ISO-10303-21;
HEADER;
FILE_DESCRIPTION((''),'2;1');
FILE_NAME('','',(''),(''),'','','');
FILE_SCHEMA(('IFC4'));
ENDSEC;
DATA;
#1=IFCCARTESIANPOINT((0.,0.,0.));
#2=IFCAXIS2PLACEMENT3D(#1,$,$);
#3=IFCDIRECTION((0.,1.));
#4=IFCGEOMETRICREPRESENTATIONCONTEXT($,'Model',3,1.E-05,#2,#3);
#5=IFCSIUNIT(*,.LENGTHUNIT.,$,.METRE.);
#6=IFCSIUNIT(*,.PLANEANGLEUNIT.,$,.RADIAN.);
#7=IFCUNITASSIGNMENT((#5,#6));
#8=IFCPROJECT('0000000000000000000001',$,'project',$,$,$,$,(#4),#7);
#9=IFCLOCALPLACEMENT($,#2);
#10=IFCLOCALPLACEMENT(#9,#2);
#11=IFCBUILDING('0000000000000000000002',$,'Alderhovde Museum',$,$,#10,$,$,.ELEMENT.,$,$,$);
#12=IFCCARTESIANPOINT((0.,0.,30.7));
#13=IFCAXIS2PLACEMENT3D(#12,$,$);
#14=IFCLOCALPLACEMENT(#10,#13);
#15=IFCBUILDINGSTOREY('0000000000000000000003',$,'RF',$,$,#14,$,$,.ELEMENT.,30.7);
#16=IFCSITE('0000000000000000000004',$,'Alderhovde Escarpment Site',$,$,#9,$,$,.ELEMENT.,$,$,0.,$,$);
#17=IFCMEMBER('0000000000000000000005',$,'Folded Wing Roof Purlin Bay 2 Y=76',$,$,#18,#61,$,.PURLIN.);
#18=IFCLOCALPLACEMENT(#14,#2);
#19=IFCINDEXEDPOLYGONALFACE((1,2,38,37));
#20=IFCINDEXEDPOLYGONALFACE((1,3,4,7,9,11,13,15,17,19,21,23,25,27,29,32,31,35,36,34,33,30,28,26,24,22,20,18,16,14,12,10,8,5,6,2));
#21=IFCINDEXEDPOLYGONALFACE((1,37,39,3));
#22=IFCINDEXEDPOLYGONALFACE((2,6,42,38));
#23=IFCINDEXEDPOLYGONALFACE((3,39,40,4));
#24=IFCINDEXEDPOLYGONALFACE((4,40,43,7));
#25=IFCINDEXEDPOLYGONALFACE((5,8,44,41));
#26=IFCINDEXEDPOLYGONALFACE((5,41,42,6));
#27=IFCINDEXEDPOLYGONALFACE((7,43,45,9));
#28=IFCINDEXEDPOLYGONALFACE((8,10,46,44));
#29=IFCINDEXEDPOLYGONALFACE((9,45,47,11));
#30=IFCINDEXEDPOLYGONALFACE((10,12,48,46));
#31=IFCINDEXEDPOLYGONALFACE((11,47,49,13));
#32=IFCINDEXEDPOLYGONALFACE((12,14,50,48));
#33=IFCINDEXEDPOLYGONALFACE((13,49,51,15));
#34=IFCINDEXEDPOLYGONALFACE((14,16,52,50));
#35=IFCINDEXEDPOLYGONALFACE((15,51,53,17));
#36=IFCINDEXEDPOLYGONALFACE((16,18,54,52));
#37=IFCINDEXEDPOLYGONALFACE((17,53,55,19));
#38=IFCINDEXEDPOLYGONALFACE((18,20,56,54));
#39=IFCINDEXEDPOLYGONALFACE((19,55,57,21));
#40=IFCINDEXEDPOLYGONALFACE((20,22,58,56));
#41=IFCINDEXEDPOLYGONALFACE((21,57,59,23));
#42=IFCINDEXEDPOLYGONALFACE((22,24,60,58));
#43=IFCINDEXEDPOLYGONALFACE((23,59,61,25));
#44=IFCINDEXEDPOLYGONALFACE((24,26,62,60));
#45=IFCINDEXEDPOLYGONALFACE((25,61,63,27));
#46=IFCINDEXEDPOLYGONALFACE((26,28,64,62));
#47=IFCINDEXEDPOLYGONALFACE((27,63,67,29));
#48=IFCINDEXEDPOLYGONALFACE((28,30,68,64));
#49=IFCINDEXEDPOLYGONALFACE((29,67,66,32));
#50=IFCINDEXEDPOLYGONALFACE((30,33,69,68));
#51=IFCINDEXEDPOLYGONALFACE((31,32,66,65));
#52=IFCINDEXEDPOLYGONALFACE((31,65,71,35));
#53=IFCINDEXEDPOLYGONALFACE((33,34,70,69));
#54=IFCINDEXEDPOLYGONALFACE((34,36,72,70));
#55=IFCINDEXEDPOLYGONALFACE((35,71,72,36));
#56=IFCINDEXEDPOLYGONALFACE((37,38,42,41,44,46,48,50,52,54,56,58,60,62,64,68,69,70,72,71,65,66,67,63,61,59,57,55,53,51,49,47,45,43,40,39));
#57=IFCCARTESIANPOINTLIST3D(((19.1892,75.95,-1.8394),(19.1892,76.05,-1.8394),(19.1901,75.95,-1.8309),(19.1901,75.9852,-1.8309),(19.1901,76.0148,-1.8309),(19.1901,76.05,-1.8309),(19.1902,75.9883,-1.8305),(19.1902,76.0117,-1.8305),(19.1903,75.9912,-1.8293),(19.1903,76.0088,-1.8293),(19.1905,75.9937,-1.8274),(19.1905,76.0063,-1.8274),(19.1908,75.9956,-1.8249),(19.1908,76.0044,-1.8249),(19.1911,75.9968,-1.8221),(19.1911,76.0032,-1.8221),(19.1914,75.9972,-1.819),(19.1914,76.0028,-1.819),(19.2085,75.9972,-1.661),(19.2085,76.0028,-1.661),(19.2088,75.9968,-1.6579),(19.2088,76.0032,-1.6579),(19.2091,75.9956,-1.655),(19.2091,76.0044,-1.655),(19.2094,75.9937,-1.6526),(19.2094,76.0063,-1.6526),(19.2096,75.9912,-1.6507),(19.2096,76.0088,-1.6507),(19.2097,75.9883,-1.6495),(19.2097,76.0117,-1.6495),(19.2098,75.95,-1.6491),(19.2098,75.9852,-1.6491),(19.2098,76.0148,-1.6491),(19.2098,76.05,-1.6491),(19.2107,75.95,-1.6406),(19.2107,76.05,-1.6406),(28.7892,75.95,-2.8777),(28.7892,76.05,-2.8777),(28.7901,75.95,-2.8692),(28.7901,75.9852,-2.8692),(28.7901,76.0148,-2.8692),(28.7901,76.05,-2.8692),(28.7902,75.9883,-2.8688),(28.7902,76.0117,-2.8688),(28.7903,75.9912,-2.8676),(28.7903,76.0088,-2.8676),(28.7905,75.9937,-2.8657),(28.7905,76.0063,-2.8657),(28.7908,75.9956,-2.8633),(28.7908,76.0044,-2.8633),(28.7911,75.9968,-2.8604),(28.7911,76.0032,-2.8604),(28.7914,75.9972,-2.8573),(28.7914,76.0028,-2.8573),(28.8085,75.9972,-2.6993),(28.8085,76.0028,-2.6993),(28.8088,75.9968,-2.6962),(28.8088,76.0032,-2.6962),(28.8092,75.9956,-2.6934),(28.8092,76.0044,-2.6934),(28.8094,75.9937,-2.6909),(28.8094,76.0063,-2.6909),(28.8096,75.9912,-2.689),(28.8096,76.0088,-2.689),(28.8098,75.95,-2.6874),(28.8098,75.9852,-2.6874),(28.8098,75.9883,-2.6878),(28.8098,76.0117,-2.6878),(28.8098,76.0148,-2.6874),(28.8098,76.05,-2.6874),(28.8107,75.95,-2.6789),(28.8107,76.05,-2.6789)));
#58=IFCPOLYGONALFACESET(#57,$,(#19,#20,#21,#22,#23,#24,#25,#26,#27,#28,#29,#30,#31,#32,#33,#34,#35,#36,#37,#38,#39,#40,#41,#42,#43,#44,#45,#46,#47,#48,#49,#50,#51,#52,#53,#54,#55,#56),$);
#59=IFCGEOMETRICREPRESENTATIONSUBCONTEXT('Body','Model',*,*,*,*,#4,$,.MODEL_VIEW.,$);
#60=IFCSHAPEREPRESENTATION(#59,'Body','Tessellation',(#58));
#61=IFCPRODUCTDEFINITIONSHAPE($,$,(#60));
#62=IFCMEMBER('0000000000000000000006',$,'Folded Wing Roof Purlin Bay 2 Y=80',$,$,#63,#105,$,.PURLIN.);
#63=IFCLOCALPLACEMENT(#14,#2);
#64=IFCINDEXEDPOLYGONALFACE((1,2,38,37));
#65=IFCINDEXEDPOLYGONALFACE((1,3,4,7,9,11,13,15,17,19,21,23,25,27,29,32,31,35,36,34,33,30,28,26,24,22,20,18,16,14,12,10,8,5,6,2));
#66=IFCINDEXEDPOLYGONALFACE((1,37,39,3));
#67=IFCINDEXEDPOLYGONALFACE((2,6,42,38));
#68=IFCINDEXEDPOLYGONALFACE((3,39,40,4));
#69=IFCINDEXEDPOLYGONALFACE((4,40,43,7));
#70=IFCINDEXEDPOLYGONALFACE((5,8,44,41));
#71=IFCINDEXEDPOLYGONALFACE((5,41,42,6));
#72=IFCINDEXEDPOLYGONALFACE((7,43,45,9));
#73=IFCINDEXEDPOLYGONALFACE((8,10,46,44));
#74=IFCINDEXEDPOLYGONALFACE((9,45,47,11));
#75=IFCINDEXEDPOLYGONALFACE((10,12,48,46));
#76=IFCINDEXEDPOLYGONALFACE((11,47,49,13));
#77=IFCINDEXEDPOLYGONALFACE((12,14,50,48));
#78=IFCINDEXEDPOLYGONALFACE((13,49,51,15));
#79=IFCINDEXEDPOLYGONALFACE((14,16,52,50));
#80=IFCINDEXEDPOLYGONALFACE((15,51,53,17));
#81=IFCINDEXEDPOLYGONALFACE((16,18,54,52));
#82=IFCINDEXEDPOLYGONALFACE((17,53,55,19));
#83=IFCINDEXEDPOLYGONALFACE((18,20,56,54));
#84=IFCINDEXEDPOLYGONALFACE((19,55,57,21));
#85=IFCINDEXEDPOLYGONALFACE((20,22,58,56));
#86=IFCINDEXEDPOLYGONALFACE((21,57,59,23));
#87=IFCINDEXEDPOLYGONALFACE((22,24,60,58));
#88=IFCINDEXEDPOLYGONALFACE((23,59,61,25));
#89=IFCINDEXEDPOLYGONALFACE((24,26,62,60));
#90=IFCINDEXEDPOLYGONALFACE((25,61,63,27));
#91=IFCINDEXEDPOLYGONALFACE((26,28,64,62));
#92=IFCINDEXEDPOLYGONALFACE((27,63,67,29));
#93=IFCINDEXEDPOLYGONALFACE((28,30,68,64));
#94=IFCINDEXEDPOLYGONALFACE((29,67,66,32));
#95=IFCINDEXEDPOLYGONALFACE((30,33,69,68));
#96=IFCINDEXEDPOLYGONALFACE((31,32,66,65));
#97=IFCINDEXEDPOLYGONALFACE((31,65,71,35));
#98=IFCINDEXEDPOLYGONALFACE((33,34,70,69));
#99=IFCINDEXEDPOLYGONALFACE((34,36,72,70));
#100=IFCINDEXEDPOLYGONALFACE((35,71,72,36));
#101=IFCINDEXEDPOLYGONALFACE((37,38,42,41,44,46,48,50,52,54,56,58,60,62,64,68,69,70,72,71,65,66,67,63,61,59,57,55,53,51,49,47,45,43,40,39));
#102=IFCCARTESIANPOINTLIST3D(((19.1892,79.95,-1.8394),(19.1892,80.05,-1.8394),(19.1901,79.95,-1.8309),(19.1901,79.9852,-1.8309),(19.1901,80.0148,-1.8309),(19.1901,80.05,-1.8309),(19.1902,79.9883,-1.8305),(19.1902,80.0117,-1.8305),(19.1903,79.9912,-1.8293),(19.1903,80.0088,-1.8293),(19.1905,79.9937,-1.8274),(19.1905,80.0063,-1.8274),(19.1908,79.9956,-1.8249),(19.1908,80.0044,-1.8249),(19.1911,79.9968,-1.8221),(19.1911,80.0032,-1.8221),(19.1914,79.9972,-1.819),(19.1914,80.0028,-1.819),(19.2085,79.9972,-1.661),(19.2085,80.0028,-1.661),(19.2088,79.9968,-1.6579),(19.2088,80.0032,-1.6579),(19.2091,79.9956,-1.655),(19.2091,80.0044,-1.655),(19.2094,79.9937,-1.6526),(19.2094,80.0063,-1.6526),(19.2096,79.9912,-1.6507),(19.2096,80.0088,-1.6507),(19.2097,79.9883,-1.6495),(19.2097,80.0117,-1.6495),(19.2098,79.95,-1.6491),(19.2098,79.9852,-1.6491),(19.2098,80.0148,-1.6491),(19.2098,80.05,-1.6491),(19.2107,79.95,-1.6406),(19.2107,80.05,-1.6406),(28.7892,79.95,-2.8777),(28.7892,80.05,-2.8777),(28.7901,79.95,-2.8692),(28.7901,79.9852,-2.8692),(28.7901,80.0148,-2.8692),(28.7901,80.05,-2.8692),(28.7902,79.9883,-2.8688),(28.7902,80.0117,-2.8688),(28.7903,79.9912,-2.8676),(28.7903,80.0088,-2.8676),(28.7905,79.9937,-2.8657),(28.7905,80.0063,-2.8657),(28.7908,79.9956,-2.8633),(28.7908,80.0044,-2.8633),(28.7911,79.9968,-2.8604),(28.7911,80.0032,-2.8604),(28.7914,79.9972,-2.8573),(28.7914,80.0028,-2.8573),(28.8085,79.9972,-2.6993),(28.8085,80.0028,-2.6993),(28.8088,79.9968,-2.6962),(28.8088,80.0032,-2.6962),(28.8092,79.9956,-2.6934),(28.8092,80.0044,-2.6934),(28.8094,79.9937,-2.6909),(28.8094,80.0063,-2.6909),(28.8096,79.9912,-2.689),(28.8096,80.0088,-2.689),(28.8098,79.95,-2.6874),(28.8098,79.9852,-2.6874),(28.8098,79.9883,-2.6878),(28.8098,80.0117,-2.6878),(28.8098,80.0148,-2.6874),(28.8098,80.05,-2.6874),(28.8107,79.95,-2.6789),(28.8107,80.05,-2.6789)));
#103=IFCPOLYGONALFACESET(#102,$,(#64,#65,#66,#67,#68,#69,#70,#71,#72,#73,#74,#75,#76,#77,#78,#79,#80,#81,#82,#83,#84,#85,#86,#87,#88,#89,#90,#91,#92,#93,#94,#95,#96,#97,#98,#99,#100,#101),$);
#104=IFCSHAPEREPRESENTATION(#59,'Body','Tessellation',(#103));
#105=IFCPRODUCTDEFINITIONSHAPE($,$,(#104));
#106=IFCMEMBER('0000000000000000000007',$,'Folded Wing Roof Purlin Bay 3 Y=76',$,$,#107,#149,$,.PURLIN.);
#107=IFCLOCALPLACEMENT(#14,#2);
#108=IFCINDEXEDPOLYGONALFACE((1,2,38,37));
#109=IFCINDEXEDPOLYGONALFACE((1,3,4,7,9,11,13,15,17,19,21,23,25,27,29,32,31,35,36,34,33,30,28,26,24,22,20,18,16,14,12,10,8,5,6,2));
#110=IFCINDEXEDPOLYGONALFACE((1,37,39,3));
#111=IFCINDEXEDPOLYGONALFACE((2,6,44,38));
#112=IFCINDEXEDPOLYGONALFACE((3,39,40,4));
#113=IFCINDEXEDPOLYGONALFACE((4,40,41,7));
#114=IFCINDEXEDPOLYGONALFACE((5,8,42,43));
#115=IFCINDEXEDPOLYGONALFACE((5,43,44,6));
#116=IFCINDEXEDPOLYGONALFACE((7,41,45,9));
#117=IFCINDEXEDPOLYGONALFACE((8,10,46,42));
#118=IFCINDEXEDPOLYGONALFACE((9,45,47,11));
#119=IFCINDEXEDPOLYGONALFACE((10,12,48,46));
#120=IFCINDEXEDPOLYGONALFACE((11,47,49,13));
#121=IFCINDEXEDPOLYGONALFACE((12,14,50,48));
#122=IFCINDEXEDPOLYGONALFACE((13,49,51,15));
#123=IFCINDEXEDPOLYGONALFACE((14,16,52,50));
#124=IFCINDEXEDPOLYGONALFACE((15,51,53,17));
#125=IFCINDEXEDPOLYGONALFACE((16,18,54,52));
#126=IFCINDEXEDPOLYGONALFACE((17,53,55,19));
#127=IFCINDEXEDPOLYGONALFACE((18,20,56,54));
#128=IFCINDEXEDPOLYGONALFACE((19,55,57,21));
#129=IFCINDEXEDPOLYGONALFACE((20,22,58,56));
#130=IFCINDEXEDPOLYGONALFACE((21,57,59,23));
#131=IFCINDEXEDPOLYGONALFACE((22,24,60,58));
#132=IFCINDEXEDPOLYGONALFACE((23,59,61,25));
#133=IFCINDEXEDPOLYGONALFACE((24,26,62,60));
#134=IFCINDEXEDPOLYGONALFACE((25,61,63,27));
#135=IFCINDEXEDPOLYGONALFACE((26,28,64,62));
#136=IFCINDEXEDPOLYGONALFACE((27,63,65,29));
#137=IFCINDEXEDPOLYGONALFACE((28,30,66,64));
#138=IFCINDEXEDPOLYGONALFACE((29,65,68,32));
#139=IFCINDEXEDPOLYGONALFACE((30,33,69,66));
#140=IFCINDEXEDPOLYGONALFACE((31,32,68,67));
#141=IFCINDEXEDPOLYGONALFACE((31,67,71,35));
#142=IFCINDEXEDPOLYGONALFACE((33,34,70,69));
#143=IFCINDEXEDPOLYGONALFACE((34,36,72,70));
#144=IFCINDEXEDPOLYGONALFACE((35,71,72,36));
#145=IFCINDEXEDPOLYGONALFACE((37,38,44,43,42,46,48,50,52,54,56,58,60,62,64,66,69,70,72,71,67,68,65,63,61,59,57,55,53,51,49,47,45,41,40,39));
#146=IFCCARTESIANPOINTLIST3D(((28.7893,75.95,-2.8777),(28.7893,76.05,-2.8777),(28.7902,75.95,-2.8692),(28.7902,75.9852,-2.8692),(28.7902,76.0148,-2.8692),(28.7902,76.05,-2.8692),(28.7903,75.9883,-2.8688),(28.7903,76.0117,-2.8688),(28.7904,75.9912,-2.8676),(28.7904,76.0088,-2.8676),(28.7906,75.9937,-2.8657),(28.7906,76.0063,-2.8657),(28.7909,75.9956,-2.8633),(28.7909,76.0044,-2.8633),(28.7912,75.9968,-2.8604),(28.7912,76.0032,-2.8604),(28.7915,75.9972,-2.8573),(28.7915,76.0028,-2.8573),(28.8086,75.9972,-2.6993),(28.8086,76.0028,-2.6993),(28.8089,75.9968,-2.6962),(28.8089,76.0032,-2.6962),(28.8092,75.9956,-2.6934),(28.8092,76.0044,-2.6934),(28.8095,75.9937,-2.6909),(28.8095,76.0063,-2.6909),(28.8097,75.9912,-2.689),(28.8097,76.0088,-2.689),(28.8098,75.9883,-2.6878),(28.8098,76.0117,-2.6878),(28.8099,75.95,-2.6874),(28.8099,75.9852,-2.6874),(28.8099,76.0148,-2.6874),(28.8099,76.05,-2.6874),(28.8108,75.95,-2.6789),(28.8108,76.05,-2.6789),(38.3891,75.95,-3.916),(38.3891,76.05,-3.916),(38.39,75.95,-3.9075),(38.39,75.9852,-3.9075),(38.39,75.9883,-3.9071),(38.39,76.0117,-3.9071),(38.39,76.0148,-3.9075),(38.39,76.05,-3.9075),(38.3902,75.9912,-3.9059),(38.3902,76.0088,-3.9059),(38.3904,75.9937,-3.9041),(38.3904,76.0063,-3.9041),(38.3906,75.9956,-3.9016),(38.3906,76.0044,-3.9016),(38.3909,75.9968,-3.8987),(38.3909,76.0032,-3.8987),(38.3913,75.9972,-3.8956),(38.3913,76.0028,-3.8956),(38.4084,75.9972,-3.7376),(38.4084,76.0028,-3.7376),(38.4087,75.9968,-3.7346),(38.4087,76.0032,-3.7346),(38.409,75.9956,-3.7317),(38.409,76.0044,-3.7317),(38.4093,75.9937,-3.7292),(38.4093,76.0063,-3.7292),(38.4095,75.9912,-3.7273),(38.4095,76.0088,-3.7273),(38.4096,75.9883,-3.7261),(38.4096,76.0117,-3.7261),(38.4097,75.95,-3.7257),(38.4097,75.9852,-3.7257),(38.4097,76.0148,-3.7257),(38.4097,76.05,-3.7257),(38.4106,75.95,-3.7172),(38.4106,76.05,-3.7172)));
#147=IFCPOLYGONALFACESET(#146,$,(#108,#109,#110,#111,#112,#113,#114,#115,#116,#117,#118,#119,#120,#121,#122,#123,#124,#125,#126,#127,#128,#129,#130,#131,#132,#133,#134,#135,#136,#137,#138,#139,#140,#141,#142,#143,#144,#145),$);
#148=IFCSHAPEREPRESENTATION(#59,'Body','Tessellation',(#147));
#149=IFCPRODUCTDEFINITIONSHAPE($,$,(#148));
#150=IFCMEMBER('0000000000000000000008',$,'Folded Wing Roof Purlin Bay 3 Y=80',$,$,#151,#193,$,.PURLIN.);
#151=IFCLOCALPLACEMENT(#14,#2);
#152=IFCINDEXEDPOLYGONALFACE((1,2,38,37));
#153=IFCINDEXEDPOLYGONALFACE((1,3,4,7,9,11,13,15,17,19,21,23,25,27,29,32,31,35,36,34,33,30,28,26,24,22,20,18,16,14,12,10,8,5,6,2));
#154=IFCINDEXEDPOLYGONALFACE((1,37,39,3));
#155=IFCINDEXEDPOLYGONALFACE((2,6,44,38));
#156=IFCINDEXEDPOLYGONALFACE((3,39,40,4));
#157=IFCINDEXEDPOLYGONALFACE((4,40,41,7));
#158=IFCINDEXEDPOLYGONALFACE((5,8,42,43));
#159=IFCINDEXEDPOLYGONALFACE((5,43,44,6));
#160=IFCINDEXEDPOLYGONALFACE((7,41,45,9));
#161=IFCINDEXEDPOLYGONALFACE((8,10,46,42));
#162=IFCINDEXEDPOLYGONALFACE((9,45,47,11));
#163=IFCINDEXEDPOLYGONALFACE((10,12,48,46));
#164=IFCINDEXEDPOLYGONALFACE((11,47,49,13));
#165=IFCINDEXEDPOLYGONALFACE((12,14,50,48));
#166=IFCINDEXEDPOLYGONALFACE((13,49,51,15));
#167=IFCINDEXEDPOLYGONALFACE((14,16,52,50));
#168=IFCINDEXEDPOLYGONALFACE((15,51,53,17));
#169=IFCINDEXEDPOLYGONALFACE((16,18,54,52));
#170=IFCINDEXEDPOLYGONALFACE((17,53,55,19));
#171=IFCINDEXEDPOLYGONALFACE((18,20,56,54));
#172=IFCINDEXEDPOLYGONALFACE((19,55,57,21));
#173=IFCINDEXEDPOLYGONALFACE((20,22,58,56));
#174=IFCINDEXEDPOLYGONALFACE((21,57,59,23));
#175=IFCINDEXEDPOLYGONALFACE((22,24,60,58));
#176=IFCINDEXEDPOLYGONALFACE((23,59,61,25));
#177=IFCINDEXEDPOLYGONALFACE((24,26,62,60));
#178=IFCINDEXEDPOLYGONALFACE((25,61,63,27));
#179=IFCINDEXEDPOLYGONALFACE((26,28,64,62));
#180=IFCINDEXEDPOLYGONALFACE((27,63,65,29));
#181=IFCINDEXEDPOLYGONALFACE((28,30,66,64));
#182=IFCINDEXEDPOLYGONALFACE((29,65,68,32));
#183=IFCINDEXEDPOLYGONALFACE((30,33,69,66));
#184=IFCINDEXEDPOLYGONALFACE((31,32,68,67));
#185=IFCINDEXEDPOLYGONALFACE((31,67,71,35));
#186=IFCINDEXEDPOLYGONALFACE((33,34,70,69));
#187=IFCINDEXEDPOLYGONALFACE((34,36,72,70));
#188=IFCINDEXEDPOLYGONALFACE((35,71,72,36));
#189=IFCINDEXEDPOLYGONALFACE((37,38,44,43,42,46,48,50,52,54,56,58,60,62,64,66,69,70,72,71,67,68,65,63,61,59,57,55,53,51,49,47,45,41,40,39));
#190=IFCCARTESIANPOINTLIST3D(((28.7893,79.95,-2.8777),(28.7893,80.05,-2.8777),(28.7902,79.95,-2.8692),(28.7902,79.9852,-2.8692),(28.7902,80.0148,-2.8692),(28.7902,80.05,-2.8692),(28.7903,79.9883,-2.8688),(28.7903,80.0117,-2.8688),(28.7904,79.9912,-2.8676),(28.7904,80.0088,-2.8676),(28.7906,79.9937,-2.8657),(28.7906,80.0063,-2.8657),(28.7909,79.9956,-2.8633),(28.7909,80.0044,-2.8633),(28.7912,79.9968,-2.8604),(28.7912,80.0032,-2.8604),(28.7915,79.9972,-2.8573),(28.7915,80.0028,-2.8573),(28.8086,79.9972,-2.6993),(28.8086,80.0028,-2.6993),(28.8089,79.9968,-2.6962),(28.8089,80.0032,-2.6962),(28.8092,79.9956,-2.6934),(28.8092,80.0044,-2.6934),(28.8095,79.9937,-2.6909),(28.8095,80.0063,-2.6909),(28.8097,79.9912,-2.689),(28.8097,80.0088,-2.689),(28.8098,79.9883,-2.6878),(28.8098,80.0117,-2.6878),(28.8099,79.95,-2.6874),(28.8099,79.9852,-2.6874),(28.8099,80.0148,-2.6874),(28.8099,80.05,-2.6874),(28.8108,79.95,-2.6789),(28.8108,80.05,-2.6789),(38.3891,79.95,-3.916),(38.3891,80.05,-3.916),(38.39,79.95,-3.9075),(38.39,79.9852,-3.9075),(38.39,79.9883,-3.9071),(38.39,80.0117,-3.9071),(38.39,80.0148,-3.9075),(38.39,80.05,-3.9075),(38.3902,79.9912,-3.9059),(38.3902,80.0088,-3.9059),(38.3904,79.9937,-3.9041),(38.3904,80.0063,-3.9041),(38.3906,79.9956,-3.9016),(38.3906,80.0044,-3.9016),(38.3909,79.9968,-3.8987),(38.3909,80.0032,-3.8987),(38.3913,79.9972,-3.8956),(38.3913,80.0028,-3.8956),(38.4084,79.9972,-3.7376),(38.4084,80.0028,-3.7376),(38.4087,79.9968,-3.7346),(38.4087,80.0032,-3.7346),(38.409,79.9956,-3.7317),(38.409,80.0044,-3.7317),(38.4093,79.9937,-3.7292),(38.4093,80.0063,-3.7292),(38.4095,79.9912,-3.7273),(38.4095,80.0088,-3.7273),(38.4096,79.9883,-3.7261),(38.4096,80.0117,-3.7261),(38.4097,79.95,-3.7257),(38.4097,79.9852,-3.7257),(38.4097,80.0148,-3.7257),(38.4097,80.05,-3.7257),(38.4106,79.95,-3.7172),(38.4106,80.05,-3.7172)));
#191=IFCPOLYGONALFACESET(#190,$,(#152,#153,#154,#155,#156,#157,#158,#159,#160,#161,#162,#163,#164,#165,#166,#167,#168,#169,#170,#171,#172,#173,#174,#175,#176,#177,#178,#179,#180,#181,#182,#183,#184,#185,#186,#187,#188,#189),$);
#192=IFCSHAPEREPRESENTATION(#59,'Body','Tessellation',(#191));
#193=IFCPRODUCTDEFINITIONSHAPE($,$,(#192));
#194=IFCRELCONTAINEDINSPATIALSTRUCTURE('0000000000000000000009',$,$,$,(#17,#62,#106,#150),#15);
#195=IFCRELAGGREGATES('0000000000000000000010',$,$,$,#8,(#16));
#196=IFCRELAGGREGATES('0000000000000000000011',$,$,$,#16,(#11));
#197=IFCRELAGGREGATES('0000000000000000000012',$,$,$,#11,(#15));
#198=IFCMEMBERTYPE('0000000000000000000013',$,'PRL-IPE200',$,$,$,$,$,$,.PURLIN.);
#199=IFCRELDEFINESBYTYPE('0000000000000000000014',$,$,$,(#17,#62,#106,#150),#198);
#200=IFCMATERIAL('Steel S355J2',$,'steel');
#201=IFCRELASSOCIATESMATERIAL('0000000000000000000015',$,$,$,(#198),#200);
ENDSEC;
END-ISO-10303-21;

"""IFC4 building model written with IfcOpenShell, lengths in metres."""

from ifc_helpers import new_model, si_unit, direction, frame, origin, origin_2d, place, context, subcontext, project, spatial, i_section, extrude, material, material_profile, profile_set, type_object, element, save


model = new_model("IFC4")

# Units and contexts
model_context = context("Model", 3, precision=1e-05, world=origin(), true_north=direction((0.0, 1.0)))
body_context = subcontext(model_context, "Body", "Model", "MODEL_VIEW")
ifc_project = project(units=[si_unit("LENGTHUNIT", "METRE"), si_unit("PLANEANGLEUNIT", "RADIAN")], contexts=[model_context])

# Site, building, storey
site_placement = place(None, origin())
site = spatial("IfcSite", under=ifc_project, at=site_placement, Name="Alderhovde Escarpment Site", CompositionType="ELEMENT", RefElevation=0.0)
building_placement = place(site_placement, origin())
building = spatial("IfcBuilding", under=site, at=building_placement, Name="Alderhovde Museum", CompositionType="ELEMENT")
storey_placement = place(building_placement, frame((0.0, 0.0, 30.7)))
storey = spatial("IfcBuildingStorey", under=building, at=storey_placement, Name="RF", CompositionType="ELEMENT", Elevation=30.7)

# Members
ifc_material_1 = material(Name="Steel S355J2", Category="steel")
ifc_material_profile_1 = material_profile(ifc_material_1, i_section(OverallWidth=0.1001, OverallDepth=0.2, WebThickness=0.0056, FlangeThickness=0.0085, FilletRadius=0.012, at=origin_2d()), Name="IPE 200")
ifc_profile_set_1 = profile_set([ifc_material_profile_1], Name="Steel S355J2")
member_type_1 = type_object("IfcMemberType", Name="PRL-IPE200", PredefinedType="PURLIN", material=ifc_profile_set_1)
for number, where, z_axis, x_axis, name in (
    (1, (19.2, 76.0, -1.74), (0.994202, 0.0, -0.107531), (0.0, 1.0, 0.0), "Folded Wing Roof Purlin Bay 2 Y=76"),
    (2, (19.2, 80.0, -1.74), (0.994202, 0.0, -0.107531), (0.0, 1.0, 0.0), "Folded Wing Roof Purlin Bay 2 Y=80"),
):
    element("IfcMember", number, at=place(storey_placement, frame(where, z_axis=z_axis, x_axis=x_axis)), inside=storey, type_object=member_type_1, Name=name, PredefinedType="PURLIN", context=body_context, shape_type="SweptSolid", body=[
        extrude(i_section(OverallWidth=0.1001, OverallDepth=0.2, WebThickness=0.0056, FlangeThickness=0.0085, FilletRadius=0.012, at=origin_2d()), origin(), (0.0, 0.0, 1.0), 9.656),
    ])
for number, where, z_axis, x_axis, name in (
    (3, (28.8, 76.0, -2.7783), (0.994201, 0.0, -0.107534), (0.0, 1.0, 0.0), "Folded Wing Roof Purlin Bay 3 Y=76"),
    (4, (28.8, 80.0, -2.7783), (0.994201, 0.0, -0.107534), (0.0, 1.0, 0.0), "Folded Wing Roof Purlin Bay 3 Y=80"),
):
    element("IfcMember", number, at=place(storey_placement, frame(where, z_axis=z_axis, x_axis=x_axis)), inside=storey, type_object=member_type_1, Name=name, PredefinedType="PURLIN", context=body_context, shape_type="SweptSolid", body=[
        extrude(i_section(OverallWidth=0.1001, OverallDepth=0.2, WebThickness=0.0056, FlangeThickness=0.0085, FilletRadius=0.012, at=origin_2d()), origin(), (0.0, 0.0, 1.0), 9.6558),
    ])

save(model, "model.ifc")
